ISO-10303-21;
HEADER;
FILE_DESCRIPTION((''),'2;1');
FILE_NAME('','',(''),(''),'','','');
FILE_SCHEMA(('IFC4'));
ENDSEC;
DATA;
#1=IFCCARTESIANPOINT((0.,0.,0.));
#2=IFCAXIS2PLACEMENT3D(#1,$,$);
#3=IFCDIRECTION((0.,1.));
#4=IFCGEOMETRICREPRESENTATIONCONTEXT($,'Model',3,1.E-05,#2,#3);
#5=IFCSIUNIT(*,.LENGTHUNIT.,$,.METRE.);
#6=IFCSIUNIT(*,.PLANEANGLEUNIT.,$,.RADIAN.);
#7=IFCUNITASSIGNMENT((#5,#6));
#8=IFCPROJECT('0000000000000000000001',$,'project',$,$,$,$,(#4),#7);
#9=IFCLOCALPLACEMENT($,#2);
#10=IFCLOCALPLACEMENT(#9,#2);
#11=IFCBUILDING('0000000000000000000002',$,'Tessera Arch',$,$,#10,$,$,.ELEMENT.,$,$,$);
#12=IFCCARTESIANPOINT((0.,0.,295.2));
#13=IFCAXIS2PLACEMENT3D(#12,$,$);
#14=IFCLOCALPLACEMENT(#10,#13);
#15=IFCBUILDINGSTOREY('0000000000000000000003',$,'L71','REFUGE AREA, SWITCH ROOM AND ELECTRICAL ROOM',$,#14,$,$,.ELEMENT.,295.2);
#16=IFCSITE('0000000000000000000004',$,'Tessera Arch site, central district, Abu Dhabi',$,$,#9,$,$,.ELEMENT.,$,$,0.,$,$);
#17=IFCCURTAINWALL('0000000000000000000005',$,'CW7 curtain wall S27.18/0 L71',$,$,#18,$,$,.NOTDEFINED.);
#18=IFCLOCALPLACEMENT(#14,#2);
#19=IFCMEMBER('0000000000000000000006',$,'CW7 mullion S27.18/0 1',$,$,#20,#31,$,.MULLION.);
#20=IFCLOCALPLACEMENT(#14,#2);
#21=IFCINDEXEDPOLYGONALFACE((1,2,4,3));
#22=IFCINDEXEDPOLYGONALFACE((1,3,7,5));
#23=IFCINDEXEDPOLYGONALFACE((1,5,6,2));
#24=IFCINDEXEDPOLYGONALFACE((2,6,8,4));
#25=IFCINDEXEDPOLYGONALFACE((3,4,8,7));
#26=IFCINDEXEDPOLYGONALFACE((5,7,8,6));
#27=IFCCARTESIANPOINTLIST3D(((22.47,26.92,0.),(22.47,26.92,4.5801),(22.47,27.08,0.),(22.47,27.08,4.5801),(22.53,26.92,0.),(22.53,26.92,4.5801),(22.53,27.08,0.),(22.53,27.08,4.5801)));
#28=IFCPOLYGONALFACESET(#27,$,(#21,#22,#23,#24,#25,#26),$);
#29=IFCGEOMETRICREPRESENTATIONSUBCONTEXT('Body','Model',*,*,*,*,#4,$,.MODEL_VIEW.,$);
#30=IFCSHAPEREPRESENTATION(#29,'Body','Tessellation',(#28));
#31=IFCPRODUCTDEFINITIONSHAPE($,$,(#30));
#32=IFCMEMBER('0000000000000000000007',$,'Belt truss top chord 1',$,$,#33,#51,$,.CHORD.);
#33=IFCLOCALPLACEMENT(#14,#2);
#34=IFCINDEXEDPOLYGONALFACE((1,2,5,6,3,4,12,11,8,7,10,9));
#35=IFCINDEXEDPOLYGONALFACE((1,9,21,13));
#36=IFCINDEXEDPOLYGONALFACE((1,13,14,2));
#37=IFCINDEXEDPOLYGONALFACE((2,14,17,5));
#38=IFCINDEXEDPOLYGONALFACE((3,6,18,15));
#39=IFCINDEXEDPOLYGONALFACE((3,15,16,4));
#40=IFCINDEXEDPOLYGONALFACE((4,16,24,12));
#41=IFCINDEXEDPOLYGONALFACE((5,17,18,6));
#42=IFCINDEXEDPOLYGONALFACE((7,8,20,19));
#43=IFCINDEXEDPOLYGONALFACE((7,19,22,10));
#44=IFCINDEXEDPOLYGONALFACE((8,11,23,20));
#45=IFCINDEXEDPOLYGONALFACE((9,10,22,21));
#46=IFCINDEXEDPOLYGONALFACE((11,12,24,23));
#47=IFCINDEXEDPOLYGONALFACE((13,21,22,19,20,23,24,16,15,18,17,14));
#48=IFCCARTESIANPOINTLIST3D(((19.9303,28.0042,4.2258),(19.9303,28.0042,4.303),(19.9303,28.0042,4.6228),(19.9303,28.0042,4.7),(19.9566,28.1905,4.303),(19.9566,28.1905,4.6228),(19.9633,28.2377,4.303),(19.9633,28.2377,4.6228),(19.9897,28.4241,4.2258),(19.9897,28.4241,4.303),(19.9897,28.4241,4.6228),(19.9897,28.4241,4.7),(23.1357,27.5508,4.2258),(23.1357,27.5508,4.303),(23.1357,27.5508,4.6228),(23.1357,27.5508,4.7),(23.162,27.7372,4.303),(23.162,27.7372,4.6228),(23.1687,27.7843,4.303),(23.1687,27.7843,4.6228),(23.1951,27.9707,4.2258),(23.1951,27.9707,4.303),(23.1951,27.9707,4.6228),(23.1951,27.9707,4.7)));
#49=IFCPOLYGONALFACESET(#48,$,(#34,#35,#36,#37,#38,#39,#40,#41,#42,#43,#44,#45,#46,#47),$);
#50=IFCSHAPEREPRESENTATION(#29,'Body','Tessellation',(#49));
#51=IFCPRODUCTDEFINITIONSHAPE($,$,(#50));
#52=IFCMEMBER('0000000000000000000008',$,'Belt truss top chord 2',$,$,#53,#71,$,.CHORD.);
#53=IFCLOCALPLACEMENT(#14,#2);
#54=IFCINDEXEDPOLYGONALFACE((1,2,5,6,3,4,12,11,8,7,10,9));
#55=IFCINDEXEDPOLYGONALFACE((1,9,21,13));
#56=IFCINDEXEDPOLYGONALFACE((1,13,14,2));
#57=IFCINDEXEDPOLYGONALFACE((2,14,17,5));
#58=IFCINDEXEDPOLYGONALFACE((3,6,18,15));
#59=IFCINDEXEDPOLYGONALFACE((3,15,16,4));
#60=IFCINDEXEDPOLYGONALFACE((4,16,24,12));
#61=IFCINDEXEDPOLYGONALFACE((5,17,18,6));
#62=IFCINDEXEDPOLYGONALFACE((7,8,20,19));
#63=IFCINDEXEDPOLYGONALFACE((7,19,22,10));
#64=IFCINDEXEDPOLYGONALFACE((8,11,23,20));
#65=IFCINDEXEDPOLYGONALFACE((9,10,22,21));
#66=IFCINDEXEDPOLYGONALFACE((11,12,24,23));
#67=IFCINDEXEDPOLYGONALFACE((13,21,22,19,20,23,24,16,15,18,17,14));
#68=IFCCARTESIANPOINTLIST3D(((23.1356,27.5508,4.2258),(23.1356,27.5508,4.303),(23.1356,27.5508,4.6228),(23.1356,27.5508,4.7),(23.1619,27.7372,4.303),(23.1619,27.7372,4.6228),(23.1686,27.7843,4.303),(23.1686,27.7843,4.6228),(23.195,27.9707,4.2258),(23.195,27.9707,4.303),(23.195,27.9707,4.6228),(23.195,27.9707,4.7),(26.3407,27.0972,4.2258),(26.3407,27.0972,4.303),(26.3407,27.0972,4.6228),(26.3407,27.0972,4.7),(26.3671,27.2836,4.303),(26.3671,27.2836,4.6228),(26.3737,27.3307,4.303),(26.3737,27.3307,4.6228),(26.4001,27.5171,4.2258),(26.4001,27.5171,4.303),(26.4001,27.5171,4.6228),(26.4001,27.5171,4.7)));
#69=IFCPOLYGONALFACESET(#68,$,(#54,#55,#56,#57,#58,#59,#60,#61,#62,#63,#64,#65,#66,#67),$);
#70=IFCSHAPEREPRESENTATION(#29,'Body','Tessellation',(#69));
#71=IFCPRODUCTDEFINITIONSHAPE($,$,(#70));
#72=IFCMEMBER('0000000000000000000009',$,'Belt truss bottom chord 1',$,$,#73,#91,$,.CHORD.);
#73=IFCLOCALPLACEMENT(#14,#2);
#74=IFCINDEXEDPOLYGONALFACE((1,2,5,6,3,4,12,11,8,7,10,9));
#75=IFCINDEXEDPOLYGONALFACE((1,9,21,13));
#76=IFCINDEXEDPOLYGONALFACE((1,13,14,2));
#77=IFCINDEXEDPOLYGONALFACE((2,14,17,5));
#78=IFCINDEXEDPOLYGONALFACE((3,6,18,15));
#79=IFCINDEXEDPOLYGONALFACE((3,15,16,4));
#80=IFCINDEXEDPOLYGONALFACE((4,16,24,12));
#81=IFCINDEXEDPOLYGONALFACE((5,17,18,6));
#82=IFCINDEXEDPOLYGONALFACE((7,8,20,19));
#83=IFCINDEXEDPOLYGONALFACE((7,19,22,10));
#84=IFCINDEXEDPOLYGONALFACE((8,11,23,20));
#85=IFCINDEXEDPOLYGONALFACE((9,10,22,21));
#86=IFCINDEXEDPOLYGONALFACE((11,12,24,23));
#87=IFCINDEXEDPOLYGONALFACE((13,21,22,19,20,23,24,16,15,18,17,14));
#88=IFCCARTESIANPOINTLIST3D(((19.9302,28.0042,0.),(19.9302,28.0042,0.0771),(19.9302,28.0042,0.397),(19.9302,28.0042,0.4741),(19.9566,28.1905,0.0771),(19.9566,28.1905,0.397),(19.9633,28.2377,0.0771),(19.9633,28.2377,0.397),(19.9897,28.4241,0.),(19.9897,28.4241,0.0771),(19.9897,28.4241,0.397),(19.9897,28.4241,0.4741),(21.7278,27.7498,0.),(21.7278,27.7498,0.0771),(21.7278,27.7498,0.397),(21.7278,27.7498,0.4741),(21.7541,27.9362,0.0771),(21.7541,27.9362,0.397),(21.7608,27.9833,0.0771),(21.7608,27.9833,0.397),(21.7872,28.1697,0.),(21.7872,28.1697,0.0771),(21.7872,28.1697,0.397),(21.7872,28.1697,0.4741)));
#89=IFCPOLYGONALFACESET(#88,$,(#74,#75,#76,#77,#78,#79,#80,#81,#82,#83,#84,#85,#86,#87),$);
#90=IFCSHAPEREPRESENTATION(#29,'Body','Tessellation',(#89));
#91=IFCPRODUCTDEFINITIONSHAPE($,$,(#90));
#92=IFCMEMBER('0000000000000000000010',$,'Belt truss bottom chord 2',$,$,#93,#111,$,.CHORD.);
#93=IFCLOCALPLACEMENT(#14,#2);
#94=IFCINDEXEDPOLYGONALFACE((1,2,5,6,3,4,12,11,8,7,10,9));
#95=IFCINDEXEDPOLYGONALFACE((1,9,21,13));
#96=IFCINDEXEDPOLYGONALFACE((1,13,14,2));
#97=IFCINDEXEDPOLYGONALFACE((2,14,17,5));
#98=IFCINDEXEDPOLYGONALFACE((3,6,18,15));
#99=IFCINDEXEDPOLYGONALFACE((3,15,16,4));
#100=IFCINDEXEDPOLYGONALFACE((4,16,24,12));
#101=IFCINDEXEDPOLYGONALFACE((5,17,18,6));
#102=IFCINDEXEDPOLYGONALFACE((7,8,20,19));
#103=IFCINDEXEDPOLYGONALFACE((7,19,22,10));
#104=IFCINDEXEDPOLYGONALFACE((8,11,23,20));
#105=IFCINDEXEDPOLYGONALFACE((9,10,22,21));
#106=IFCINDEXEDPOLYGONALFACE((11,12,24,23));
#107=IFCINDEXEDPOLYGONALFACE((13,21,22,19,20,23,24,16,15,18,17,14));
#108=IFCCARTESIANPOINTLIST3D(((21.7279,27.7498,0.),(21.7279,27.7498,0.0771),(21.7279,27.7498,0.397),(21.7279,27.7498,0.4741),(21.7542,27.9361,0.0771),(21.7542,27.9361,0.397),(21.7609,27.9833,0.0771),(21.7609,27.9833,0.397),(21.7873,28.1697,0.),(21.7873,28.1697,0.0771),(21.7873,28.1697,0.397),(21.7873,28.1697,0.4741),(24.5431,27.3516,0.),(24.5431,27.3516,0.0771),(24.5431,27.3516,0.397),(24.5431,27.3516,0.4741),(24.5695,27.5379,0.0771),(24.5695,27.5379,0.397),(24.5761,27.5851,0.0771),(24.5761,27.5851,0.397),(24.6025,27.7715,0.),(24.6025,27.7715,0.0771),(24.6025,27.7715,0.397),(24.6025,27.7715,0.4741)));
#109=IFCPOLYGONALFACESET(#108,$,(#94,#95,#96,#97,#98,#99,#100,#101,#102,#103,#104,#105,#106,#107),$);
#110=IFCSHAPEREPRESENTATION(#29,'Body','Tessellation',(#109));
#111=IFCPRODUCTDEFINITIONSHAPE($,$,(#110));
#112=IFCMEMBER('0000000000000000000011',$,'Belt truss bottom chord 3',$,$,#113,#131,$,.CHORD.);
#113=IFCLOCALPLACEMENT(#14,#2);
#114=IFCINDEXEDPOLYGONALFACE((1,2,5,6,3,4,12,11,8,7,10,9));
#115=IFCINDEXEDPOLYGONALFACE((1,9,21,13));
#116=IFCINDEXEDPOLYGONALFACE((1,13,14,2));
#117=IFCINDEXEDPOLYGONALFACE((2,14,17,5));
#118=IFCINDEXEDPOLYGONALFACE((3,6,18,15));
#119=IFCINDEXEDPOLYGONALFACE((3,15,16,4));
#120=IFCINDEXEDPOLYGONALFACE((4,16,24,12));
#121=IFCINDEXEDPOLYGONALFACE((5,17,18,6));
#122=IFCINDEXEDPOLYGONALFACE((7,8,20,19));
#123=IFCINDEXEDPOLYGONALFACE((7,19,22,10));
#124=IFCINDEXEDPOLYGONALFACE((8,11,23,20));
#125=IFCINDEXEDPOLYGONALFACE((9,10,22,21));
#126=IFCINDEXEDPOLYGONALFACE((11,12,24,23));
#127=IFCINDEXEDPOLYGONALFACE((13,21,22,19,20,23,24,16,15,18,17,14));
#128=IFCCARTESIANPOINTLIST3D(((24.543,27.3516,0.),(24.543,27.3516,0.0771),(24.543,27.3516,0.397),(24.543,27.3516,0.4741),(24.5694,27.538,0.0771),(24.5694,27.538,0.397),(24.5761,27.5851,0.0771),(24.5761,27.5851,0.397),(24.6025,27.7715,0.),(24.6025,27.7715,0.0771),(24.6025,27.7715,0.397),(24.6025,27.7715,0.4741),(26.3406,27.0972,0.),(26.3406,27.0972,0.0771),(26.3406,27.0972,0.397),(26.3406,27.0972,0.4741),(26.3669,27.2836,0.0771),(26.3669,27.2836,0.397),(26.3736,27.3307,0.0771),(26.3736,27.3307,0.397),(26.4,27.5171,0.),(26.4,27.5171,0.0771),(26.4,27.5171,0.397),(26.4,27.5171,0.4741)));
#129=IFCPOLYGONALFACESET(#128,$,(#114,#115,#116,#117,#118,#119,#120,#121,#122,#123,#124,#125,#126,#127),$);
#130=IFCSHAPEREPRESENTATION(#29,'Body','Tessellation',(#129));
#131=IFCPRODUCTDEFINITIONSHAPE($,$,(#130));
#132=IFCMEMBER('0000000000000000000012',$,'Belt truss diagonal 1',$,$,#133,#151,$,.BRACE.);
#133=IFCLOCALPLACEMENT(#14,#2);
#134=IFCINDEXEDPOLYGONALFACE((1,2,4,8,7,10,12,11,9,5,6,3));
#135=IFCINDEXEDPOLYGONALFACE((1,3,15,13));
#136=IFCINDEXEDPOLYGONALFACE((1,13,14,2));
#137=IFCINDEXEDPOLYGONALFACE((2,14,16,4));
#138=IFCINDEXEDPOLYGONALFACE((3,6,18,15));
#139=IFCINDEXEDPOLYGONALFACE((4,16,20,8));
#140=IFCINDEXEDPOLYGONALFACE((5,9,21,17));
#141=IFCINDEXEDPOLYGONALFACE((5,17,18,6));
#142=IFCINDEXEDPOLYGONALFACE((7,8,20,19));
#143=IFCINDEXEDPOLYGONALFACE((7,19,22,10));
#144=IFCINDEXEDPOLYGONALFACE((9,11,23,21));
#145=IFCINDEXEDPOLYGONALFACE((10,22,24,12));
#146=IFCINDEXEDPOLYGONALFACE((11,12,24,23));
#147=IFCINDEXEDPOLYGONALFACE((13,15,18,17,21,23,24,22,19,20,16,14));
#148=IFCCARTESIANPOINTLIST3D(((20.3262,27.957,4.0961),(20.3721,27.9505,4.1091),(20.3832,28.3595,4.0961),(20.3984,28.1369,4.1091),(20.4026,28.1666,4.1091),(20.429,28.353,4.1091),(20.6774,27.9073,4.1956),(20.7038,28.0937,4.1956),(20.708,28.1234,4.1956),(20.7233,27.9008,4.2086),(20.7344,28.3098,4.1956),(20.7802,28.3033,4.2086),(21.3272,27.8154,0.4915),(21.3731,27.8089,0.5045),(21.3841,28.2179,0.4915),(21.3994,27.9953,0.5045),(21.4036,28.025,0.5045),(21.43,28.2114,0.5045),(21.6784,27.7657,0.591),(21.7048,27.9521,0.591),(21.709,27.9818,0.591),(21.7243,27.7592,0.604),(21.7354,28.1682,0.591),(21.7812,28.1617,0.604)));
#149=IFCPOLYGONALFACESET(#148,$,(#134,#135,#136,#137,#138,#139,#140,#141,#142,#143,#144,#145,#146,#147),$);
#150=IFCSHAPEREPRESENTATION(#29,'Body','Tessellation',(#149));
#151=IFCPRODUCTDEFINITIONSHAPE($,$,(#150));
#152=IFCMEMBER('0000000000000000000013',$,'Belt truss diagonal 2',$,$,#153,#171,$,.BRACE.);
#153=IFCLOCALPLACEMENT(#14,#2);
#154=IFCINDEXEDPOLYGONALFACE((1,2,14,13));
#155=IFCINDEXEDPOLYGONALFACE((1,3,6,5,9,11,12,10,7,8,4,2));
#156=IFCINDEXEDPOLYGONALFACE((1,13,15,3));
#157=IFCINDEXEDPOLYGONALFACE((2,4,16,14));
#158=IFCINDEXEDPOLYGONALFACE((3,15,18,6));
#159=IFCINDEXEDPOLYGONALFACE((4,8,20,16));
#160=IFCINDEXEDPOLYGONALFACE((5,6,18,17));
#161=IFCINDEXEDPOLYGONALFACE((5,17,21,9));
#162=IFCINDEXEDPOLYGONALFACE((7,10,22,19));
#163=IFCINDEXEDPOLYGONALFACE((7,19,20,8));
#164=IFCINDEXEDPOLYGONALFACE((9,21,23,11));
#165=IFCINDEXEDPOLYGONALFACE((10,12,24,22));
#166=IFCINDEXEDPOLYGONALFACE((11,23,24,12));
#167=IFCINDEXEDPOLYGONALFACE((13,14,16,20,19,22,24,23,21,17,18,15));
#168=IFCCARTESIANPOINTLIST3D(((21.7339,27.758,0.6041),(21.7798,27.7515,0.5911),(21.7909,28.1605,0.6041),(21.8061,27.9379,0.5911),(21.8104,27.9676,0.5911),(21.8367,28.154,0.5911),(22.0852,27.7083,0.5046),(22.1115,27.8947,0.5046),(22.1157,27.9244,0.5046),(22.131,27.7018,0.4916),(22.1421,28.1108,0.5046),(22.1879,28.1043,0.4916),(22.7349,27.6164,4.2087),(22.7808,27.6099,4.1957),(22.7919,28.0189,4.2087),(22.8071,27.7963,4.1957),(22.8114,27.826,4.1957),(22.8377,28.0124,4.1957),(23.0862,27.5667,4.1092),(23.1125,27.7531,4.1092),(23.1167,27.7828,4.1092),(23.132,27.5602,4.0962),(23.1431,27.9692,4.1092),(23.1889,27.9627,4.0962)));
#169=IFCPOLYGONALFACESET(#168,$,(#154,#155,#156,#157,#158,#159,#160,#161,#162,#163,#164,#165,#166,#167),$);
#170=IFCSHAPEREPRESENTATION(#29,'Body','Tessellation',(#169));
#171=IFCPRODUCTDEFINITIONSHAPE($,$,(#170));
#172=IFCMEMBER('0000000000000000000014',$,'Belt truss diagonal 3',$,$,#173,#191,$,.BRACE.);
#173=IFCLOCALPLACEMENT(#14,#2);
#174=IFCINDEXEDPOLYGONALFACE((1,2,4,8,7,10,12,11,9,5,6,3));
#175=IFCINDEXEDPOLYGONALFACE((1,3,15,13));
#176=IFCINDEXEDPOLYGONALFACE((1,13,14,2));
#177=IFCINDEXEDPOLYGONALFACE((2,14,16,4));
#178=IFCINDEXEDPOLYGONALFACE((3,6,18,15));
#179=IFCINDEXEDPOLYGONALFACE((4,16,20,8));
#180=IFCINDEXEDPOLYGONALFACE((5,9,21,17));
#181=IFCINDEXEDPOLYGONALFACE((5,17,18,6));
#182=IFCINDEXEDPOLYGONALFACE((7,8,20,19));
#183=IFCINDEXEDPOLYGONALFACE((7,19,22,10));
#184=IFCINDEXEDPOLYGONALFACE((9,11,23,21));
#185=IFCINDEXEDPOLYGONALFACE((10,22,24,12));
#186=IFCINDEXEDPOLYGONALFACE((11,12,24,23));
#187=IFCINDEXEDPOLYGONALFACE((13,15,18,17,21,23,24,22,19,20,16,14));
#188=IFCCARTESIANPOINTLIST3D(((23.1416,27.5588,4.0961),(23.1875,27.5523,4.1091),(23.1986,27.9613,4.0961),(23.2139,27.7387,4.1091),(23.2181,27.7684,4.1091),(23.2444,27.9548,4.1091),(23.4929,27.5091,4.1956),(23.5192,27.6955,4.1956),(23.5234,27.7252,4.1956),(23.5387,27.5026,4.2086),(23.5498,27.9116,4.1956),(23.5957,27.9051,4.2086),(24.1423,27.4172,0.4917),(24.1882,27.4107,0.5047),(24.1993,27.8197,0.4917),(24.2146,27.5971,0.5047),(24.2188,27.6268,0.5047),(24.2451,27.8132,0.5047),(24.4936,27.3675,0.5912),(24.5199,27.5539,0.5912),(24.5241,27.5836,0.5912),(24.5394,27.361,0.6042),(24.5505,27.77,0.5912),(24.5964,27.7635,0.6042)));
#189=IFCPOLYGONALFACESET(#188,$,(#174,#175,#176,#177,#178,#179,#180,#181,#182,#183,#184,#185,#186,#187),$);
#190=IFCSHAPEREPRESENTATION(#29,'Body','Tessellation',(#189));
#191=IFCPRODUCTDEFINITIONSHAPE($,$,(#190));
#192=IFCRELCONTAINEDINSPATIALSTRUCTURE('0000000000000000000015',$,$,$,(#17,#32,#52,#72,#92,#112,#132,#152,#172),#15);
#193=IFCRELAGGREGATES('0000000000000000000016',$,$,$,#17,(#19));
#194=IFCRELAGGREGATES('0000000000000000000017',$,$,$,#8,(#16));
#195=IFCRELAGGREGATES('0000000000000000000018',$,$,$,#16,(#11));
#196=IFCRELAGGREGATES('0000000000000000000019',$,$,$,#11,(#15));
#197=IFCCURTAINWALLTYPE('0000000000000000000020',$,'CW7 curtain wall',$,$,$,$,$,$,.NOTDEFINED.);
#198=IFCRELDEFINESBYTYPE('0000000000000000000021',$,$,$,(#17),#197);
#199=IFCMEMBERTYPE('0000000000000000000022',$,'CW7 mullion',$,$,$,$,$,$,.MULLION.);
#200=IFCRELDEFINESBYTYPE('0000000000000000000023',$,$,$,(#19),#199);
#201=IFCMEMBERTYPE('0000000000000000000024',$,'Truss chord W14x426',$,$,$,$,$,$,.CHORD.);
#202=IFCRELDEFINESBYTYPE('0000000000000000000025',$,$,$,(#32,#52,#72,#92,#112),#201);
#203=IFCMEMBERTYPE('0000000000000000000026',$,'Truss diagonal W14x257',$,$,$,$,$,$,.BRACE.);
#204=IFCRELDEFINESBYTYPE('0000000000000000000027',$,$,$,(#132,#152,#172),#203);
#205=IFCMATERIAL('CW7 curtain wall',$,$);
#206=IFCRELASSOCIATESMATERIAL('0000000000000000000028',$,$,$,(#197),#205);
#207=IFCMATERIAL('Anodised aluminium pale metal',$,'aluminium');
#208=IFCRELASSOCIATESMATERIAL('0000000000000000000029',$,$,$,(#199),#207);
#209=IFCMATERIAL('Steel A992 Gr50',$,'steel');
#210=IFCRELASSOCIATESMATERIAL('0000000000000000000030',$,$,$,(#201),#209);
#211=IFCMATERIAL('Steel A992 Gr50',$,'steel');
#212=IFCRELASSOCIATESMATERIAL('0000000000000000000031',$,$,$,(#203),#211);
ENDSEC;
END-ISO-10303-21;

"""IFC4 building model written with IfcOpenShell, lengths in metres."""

from ifc_helpers import new_model, si_unit, direction, frame, origin, origin_2d, place, context, subcontext, project, spatial, rectangle, i_section, extrude, material, material_profile, profile_set, type_object, element, aggregate, save


model = new_model("IFC4")

# Units and contexts
model_context = context("Model", 3, precision=1e-05, world=origin(), true_north=direction((0.0, 1.0)))
body_context = subcontext(model_context, "Body", "Model", "MODEL_VIEW")
ifc_project = project(units=[si_unit("LENGTHUNIT", "METRE"), si_unit("PLANEANGLEUNIT", "RADIAN")], contexts=[model_context])

# Site, building, storey
site_placement = place(None, origin())
site = spatial("IfcSite", under=ifc_project, at=site_placement, Name="Tessera Arch site, central district, Abu Dhabi", CompositionType="ELEMENT", RefElevation=0.0)
building_placement = place(site_placement, origin())
building = spatial("IfcBuilding", under=site, at=building_placement, Name="Tessera Arch", CompositionType="ELEMENT")
storey_placement = place(building_placement, frame((0.0, 0.0, 295.2)))
storey = spatial("IfcBuildingStorey", under=building, at=storey_placement, Name="L71", Description="REFUGE AREA, SWITCH ROOM AND ELECTRICAL ROOM", CompositionType="ELEMENT", Elevation=295.2)

# Curtain wall, member
ifc_material_1 = material(Name="CW7 curtain wall")
curtain_wall_type = type_object("IfcCurtainWallType", Name="CW7 curtain wall", PredefinedType="NOTDEFINED", material=ifc_material_1)
curtain_wall_placement = place(storey_placement, origin())
curtain_wall = element("IfcCurtainWall", 1, at=curtain_wall_placement, inside=storey, type_object=curtain_wall_type, Name="CW7 curtain wall S27.18/0 L71", PredefinedType="NOTDEFINED")
ifc_material_2 = material(Name="Anodised aluminium pale metal", Category="aluminium")
ifc_material_profile_1 = material_profile(ifc_material_2, rectangle(XDim=0.1599, YDim=0.0601, at=origin_2d()), Name="AL 60x160")
ifc_profile_set_1 = profile_set([ifc_material_profile_1], Name="Anodised aluminium pale metal")
member_type_1 = type_object("IfcMemberType", Name="CW7 mullion", PredefinedType="MULLION", material=ifc_profile_set_1)
member_1_placement = place(storey_placement, frame((22.5, 27.0, 0.0), z_axis=(0.0, 0.0, 1.0), x_axis=(0.0, 1.0, 0.0)))
member_1 = element("IfcMember", 2, at=member_1_placement, type_object=member_type_1, Name="CW7 mullion S27.18/0 1", PredefinedType="MULLION", context=body_context, shape_type="SweptSolid", body=[
    extrude(rectangle(XDim=0.1599, YDim=0.0601, at=origin_2d()), origin(), (0.0, 0.0, 1.0), 4.5801),
])

# Members
ifc_material_3 = material(Name="Steel A992 Gr50", Category="steel")
ifc_material_profile_2 = material_profile(ifc_material_3, i_section(OverallWidth=0.4241, OverallDepth=0.4741, WebThickness=0.0476, FlangeThickness=0.0771, at=origin_2d()), Name="W14x426")
ifc_profile_set_2 = profile_set([ifc_material_profile_2], Name="Steel A992 Gr50")
member_type_2 = type_object("IfcMemberType", Name="Truss chord W14x426", PredefinedType="CHORD", material=ifc_profile_set_2)
member_2_placement = place(storey_placement, frame((19.96, 28.2141, 4.4629), z_axis=(0.990145, -0.140049, 0.0), x_axis=(0.140049, 0.990145, 0.0)))
element("IfcMember", 3, at=member_2_placement, inside=storey, type_object=member_type_2, Name="Belt truss top chord 1", PredefinedType="CHORD", context=body_context, shape_type="SweptSolid", body=[
    extrude(i_section(OverallWidth=0.4241, OverallDepth=0.4741, WebThickness=0.0476, FlangeThickness=0.0771, at=origin_2d()), origin(), (0.0, 0.0, 1.0), 3.2373),
])
member_3_placement = place(storey_placement, frame((23.1653, 27.7607, 4.4629), z_axis=(0.990133, -0.140133, 0.0), x_axis=(0.140133, 0.990133, 0.0)))
element("IfcMember", 4, at=member_3_placement, inside=storey, type_object=member_type_2, Name="Belt truss top chord 2", PredefinedType="CHORD", context=body_context, shape_type="SweptSolid", body=[
    extrude(i_section(OverallWidth=0.4241, OverallDepth=0.4741, WebThickness=0.0476, FlangeThickness=0.0771, at=origin_2d()), origin(), (0.0, 0.0, 1.0), 3.2371),
])
member_4_placement = place(storey_placement, frame((19.96, 28.2141, 0.2371), z_axis=(0.990134, -0.140122, 0.0), x_axis=(0.140122, 0.990134, 0.0)))
element("IfcMember", 5, at=member_4_placement, inside=storey, type_object=member_type_2, Name="Belt truss bottom chord 1", PredefinedType="CHORD", context=body_context, shape_type="SweptSolid", body=[
    extrude(i_section(OverallWidth=0.4241, OverallDepth=0.4741, WebThickness=0.0476, FlangeThickness=0.0771, at=origin_2d()), origin(), (0.0, 0.0, 1.0), 1.8154),
])
member_5_placement = place(storey_placement, frame((21.7576, 27.9597, 0.2371), z_axis=(0.990144, -0.140051, 0.0), x_axis=(0.140051, 0.990144, 0.0)))
element("IfcMember", 6, at=member_5_placement, inside=storey, type_object=member_type_2, Name="Belt truss bottom chord 2", PredefinedType="CHORD", context=body_context, shape_type="SweptSolid", body=[
    extrude(i_section(OverallWidth=0.4241, OverallDepth=0.4741, WebThickness=0.0476, FlangeThickness=0.0771, at=origin_2d()), origin(), (0.0, 0.0, 1.0), 2.8433),
])
member_6_placement = place(storey_placement, frame((24.5728, 27.5615, 0.2371), z_axis=(0.990134, -0.140122, 0.0), x_axis=(0.140122, 0.990134, 0.0)))
element("IfcMember", 7, at=member_6_placement, inside=storey, type_object=member_type_2, Name="Belt truss bottom chord 3", PredefinedType="CHORD", context=body_context, shape_type="SweptSolid", body=[
    extrude(i_section(OverallWidth=0.4241, OverallDepth=0.4741, WebThickness=0.0476, FlangeThickness=0.0771, at=origin_2d()), origin(), (0.0, 0.0, 1.0), 1.8154),
])
ifc_material_4 = material(Name="Steel A992 Gr50", Category="steel")
ifc_material_profile_3 = material_profile(ifc_material_4, i_section(OverallWidth=0.4065, OverallDepth=0.4165, WebThickness=0.03, FlangeThickness=0.0481, at=origin_2d()), Name="W14x257")
ifc_profile_set_3 = profile_set([ifc_material_profile_3], Name="Steel A992 Gr50")
member_type_3 = type_object("IfcMemberType", Name="Truss diagonal W14x257", PredefinedType="BRACE", material=ifc_profile_set_3)
for number, where, z_axis, x_axis, name in (
    (8, (20.5532, 28.1301, 4.1523), (0.267385, -0.037825, -0.962847), (0.140069, 0.990142, 0.0), "Belt truss diagonal 1"),
    (9, (21.9609, 27.9312, 0.5479), (0.267385, -0.037825, 0.962847), (0.140069, 0.990142, 0.0), "Belt truss diagonal 2"),
):
    element("IfcMember", number, at=place(storey_placement, frame(where, z_axis=z_axis, x_axis=x_axis)), inside=storey, type_object=member_type_3, Name=name, PredefinedType="BRACE", context=body_context, shape_type="SweptSolid", body=[
        extrude(i_section(OverallWidth=0.4065, OverallDepth=0.4165, WebThickness=0.03, FlangeThickness=0.0481, at=origin_2d()), origin(), (0.0, 0.0, 1.0), 3.7437),
    ])
for number, where, z_axis, x_axis, name in (
    (10, (23.3687, 27.7319, 4.1523), (0.267325, -0.037826, -0.962864), (0.140102, 0.990137, 0.0), "Belt truss diagonal 3"),
):
    element("IfcMember", number, at=place(storey_placement, frame(where, z_axis=z_axis, x_axis=x_axis)), inside=storey, type_object=member_type_3, Name=name, PredefinedType="BRACE", context=body_context, shape_type="SweptSolid", body=[
        extrude(i_section(OverallWidth=0.4065, OverallDepth=0.4165, WebThickness=0.03, FlangeThickness=0.0481, at=origin_2d()), origin(), (0.0, 0.0, 1.0), 3.7434),
    ])

aggregate(curtain_wall, [member_1])

save(model, "model.ifc")
